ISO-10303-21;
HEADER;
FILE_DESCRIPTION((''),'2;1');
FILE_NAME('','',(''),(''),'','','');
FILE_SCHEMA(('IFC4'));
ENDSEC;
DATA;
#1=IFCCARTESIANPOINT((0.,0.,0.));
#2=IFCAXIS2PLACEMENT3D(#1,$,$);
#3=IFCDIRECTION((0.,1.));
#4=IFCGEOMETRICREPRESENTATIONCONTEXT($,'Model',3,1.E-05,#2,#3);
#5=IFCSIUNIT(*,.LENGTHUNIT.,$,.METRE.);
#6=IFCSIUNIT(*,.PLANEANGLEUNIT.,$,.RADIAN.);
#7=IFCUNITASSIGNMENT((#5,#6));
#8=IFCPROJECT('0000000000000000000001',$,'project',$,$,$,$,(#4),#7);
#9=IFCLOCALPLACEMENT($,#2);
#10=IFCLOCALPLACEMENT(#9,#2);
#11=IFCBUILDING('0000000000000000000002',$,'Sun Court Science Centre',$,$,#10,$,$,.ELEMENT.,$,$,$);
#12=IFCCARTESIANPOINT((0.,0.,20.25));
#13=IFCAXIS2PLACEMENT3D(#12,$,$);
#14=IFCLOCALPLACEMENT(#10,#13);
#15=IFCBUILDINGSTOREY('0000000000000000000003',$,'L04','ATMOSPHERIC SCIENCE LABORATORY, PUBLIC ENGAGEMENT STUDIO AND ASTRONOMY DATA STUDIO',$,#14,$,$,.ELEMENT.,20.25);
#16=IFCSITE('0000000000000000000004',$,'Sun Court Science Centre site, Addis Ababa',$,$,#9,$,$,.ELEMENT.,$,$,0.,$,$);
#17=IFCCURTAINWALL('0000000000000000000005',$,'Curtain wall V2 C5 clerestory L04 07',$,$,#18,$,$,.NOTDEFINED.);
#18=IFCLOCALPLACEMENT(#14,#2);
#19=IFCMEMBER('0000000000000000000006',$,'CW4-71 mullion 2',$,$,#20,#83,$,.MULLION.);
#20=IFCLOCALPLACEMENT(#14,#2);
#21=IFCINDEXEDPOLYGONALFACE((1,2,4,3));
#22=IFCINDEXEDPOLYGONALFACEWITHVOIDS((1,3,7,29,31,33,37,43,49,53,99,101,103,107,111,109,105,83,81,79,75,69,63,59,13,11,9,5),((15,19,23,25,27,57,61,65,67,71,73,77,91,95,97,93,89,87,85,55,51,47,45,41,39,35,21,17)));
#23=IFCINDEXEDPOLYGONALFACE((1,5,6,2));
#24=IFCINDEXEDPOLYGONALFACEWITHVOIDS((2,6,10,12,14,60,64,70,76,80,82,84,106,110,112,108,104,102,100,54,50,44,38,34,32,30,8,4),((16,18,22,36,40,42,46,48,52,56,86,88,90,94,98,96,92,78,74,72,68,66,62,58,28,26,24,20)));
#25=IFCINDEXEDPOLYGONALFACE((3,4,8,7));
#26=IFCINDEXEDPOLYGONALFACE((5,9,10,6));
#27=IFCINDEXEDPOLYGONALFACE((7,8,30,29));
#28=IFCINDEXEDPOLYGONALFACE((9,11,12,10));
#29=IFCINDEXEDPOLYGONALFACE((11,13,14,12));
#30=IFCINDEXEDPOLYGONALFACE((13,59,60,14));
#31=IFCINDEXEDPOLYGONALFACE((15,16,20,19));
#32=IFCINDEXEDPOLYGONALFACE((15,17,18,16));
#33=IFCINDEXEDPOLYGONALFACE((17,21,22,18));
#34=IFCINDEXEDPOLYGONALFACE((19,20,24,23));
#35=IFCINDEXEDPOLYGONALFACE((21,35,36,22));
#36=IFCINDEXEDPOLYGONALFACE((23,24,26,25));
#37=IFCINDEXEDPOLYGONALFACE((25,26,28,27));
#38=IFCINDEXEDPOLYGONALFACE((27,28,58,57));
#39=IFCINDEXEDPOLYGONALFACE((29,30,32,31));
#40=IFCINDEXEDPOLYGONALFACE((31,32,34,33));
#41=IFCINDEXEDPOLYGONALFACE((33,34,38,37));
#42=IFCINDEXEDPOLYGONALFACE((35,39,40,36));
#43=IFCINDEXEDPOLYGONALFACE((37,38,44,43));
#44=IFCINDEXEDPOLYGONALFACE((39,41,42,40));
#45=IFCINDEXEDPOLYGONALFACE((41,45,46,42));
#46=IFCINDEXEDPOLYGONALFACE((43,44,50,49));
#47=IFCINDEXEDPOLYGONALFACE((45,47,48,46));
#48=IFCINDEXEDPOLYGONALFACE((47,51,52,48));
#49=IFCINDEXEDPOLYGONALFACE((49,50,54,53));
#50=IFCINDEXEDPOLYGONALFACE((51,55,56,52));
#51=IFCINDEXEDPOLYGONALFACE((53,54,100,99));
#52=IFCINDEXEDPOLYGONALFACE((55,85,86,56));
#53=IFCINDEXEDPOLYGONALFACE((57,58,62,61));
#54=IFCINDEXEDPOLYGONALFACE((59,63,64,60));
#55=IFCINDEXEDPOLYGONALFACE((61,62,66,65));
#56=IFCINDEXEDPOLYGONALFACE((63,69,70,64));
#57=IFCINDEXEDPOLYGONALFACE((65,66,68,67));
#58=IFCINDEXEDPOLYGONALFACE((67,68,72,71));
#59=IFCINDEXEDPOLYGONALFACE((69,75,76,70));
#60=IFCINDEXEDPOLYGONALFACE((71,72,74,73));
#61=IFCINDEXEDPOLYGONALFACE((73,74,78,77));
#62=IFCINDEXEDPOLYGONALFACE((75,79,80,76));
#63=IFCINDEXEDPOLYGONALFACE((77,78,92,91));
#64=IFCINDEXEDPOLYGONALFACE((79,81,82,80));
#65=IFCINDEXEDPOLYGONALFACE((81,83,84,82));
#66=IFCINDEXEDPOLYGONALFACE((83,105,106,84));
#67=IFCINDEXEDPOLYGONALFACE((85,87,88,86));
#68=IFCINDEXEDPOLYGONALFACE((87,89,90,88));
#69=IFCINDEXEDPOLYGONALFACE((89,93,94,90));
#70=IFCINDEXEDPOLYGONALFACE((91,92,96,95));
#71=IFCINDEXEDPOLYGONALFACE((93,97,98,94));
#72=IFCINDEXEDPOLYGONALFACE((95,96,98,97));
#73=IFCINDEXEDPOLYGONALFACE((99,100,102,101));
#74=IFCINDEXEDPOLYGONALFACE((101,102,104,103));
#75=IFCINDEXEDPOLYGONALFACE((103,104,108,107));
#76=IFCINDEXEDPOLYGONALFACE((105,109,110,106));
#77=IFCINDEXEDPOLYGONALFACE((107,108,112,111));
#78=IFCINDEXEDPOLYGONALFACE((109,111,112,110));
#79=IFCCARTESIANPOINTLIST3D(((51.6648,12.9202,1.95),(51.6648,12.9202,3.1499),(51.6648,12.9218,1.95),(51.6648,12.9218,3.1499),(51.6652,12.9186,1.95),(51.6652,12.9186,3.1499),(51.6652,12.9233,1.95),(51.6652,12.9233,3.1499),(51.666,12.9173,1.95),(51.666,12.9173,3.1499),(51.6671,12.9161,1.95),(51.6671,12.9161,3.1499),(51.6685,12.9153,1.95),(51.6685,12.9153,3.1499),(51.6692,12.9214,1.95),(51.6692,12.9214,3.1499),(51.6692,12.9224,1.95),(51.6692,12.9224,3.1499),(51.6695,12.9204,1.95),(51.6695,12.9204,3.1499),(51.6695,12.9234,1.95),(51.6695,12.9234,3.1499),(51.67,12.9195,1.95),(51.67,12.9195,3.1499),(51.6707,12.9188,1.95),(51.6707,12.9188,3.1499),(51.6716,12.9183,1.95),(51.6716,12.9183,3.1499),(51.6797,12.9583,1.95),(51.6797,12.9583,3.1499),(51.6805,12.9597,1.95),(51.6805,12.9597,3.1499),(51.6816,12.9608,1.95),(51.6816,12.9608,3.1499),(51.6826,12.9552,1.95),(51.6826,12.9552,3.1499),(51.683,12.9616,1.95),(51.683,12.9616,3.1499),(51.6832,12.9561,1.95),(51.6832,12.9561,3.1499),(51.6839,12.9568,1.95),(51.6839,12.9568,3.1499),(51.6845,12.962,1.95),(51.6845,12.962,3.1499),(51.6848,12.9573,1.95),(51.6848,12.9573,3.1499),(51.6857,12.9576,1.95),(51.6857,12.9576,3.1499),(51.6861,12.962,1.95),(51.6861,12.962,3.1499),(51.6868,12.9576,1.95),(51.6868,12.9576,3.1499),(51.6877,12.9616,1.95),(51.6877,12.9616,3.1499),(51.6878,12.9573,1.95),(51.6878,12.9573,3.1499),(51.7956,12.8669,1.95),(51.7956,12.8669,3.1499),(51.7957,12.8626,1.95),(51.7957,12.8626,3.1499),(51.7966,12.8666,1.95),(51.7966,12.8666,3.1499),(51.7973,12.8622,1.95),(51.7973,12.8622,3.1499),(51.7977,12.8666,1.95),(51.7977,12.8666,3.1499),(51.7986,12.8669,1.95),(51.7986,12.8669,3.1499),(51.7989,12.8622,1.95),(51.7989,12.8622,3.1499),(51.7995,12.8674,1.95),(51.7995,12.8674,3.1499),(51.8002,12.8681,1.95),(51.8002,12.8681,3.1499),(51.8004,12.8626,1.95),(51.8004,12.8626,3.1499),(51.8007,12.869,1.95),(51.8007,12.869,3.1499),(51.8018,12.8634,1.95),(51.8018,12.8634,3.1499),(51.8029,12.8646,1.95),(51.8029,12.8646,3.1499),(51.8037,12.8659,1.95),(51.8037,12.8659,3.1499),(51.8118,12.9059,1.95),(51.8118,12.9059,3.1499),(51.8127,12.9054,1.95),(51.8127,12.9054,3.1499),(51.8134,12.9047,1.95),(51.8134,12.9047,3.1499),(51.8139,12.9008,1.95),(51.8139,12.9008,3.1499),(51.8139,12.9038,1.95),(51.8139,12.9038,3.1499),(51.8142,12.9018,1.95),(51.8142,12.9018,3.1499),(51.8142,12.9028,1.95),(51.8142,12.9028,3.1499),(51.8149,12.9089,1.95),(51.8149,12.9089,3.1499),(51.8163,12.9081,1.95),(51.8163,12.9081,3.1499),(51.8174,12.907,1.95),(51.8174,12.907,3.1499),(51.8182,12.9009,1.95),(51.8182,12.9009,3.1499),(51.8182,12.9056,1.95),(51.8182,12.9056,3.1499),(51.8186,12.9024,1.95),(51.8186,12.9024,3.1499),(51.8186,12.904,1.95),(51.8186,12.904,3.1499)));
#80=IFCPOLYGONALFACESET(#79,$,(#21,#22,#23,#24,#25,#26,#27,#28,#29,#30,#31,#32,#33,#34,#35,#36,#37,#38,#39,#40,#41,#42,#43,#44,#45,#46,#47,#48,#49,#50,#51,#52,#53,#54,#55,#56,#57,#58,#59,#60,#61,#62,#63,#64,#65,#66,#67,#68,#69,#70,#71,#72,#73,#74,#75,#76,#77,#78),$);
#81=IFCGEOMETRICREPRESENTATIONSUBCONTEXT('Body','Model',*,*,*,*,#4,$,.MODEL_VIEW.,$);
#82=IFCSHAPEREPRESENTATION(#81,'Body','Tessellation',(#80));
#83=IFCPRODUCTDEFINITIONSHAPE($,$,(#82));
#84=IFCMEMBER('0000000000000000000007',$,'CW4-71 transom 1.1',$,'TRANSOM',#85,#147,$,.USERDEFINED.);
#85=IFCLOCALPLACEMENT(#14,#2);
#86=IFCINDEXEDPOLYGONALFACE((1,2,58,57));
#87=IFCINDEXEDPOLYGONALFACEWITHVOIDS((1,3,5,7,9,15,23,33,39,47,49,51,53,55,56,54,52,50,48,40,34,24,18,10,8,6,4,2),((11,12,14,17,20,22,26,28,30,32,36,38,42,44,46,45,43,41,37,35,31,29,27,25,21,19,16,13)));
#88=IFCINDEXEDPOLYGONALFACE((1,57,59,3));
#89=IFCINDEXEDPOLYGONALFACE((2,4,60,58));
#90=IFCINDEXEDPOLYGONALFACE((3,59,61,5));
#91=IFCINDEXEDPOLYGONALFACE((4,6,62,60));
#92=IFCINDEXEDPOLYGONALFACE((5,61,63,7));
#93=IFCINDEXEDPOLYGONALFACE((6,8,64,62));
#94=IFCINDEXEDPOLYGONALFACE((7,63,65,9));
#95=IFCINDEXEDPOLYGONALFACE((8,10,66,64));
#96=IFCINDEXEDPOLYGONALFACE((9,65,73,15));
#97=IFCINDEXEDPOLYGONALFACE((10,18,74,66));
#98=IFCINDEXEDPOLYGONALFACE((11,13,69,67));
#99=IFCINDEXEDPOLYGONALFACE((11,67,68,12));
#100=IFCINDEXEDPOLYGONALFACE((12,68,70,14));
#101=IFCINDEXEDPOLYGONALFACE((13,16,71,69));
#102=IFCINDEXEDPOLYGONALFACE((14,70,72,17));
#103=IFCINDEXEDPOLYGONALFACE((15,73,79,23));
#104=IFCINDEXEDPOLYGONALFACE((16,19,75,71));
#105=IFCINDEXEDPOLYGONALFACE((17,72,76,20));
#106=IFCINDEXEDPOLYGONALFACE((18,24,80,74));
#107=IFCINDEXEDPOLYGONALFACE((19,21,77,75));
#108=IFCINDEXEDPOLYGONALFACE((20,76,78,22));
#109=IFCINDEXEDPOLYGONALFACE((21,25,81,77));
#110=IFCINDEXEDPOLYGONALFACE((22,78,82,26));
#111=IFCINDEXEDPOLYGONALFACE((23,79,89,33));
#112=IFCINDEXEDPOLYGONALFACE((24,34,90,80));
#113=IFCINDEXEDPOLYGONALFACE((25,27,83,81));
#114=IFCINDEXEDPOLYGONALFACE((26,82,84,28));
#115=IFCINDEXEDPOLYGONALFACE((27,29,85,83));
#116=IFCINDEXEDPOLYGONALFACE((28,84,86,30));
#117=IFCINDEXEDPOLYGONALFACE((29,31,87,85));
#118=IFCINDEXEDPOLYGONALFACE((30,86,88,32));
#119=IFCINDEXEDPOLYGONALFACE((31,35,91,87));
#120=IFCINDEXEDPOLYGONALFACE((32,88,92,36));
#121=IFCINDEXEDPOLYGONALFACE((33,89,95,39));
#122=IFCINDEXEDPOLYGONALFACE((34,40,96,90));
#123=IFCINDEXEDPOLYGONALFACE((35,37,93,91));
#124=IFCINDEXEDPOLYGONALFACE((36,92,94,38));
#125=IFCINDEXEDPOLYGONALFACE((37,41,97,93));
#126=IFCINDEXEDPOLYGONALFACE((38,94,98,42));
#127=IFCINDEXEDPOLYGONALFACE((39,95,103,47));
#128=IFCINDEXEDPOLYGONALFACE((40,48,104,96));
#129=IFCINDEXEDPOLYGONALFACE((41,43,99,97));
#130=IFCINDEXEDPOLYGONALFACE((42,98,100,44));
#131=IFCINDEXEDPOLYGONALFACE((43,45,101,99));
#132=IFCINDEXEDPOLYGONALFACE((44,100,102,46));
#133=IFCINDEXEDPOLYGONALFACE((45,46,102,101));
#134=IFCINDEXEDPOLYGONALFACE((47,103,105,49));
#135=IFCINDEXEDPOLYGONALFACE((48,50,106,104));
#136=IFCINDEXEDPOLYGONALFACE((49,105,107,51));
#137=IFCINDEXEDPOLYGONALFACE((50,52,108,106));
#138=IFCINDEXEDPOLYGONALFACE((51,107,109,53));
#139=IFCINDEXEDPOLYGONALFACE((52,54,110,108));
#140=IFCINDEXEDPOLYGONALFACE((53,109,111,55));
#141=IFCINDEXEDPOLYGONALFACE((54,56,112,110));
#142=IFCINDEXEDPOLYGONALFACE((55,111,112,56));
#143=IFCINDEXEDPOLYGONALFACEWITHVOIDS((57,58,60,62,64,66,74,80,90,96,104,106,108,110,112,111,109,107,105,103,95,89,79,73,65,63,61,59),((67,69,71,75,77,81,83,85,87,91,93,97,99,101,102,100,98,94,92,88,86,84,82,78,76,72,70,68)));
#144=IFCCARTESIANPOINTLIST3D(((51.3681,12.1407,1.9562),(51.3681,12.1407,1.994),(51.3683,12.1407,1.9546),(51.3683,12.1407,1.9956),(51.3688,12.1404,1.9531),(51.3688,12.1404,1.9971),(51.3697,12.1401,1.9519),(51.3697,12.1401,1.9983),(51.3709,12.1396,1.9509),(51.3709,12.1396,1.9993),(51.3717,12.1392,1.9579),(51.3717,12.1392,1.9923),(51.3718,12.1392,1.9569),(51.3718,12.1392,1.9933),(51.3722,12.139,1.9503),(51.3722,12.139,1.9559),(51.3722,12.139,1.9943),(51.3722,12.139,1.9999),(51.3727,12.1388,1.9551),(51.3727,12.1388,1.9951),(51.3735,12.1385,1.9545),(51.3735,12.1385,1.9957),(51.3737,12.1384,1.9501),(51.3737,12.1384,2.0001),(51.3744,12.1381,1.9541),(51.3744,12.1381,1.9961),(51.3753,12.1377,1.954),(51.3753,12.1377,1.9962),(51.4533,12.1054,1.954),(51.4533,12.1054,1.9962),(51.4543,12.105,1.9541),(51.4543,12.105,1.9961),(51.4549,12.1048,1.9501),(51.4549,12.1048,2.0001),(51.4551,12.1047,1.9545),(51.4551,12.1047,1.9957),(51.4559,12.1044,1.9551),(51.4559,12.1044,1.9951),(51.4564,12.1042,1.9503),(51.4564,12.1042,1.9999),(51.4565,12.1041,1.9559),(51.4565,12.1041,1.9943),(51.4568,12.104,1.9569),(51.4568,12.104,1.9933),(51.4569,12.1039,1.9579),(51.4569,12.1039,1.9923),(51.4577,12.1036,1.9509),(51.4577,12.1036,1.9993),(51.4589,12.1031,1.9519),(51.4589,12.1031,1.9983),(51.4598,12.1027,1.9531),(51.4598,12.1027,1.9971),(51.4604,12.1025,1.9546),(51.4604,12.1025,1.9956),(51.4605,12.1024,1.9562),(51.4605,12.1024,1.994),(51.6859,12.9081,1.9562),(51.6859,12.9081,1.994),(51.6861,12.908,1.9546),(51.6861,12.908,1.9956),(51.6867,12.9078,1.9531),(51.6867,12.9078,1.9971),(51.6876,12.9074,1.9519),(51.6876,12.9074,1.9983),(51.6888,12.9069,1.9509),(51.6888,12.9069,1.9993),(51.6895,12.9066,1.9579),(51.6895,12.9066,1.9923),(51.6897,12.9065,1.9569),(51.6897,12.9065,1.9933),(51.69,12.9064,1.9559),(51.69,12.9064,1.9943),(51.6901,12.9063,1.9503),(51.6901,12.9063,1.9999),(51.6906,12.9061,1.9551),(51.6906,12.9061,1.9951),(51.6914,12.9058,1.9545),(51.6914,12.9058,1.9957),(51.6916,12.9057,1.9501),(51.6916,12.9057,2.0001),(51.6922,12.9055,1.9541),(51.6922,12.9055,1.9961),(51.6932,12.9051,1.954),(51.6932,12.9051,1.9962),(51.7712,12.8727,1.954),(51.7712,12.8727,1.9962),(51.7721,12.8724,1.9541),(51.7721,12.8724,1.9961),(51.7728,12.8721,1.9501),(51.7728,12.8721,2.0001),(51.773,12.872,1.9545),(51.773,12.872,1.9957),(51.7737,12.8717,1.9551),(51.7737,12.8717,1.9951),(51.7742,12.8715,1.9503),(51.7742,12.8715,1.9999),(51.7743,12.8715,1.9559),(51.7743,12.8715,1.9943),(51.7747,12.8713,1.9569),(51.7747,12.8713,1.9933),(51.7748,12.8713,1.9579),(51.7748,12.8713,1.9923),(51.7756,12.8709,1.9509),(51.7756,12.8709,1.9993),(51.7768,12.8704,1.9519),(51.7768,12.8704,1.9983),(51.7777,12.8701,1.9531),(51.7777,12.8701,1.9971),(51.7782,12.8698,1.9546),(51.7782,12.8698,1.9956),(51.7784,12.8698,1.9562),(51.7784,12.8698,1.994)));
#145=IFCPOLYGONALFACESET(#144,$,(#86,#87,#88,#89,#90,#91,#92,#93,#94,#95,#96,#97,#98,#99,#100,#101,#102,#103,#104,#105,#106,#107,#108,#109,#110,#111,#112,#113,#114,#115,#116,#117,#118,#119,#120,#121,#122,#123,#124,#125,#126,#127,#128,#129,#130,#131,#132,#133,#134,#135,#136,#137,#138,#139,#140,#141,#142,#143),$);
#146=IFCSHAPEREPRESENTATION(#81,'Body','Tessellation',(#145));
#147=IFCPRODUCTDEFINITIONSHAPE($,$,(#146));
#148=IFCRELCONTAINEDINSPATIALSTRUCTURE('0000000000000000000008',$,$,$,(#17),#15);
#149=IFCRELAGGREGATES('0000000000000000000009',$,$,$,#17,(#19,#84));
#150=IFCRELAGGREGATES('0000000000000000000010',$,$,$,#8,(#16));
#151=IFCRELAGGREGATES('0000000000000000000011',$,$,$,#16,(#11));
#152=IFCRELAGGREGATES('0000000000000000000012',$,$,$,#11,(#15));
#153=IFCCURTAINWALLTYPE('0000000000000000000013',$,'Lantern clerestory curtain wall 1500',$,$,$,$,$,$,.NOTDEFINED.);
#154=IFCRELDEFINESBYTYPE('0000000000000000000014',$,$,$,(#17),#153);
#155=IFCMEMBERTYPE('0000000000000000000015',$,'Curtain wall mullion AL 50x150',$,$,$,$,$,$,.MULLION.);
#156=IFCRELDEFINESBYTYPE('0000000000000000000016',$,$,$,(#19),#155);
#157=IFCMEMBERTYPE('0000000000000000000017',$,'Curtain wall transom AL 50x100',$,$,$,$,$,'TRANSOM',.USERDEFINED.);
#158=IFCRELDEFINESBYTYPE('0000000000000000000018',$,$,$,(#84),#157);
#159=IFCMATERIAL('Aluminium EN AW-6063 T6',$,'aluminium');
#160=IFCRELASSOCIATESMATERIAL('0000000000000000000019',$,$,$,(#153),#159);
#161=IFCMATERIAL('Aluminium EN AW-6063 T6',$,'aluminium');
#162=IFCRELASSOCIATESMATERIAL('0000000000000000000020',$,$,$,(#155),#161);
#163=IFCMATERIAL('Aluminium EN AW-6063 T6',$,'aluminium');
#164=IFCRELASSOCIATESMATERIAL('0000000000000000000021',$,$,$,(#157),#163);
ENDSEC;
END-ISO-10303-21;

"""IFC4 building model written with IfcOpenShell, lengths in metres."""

from ifc_helpers import new_model, si_unit, direction, frame, origin, origin_2d, place, context, subcontext, project, spatial, hollow_rectangle, extrude, material, material_profile, profile_set, type_object, element, aggregate, save


model = new_model("IFC4")

# Units and contexts
model_context = context("Model", 3, precision=1e-05, world=origin(), true_north=direction((0.0, 1.0)))
body_context = subcontext(model_context, "Body", "Model", "MODEL_VIEW")
ifc_project = project(units=[si_unit("LENGTHUNIT", "METRE"), si_unit("PLANEANGLEUNIT", "RADIAN")], contexts=[model_context])

# Site, building, storey
site_placement = place(None, origin())
site = spatial("IfcSite", under=ifc_project, at=site_placement, Name="Sun Court Science Centre site, Addis Ababa", CompositionType="ELEMENT", RefElevation=0.0)
building_placement = place(site_placement, origin())
building = spatial("IfcBuilding", under=site, at=building_placement, Name="Sun Court Science Centre", CompositionType="ELEMENT")
storey_placement = place(building_placement, frame((0.0, 0.0, 20.25)))
storey = spatial("IfcBuildingStorey", under=building, at=storey_placement, Name="L04", Description="ATMOSPHERIC SCIENCE LABORATORY, PUBLIC ENGAGEMENT STUDIO AND ASTRONOMY DATA STUDIO", CompositionType="ELEMENT", Elevation=20.25)

# Shared definitions
ifc_material_1 = material(Name="Aluminium EN AW-6063 T6", Category="aluminium")
curtain_wall_type = type_object("IfcCurtainWallType", Name="Lantern clerestory curtain wall 1500", PredefinedType="NOTDEFINED", material=ifc_material_1)
ifc_material_2 = material(Name="Aluminium EN AW-6063 T6", Category="aluminium")
ifc_material_profile_1 = material_profile(ifc_material_2, hollow_rectangle(XDim=0.05, YDim=0.1499, WallThickness=0.0039, InnerFilletRadius=0.0039, OuterFilletRadius=0.0061, at=origin_2d()), Name="AL 50x150x4")
ifc_profile_set_1 = profile_set([ifc_material_profile_1], Name="Aluminium EN AW-6063 T6")
member_type_1 = type_object("IfcMemberType", Name="Curtain wall mullion AL 50x150", PredefinedType="MULLION", material=ifc_profile_set_1)

# Curtain wall, members
curtain_wall_1_placement = place(storey_placement, origin())
curtain_wall_1 = element("IfcCurtainWall", 1, at=curtain_wall_1_placement, inside=storey, type_object=curtain_wall_type, Name="Curtain wall V2 C5 clerestory L04 07", PredefinedType="NOTDEFINED")
member_1_placement = place(storey_placement, frame((51.7417, 12.9121, 1.95), z_axis=(0.0, 0.0, 1.0), x_axis=(0.382683, 0.92388, 0.0)))
member_1 = element("IfcMember", 2, at=member_1_placement, type_object=member_type_1, Name="CW4-71 mullion 2", PredefinedType="MULLION", context=body_context, shape_type="SweptSolid", body=[
    extrude(hollow_rectangle(XDim=0.05, YDim=0.1499, WallThickness=0.0039, InnerFilletRadius=0.0039, OuterFilletRadius=0.0061, at=origin_2d()), origin(), (0.0, 0.0, 1.0), 1.2),
])
ifc_material_3 = material(Name="Aluminium EN AW-6063 T6", Category="aluminium")
ifc_material_profile_2 = material_profile(ifc_material_3, hollow_rectangle(XDim=0.05, YDim=0.1001, WallThickness=0.0039, InnerFilletRadius=0.0039, OuterFilletRadius=0.0061, at=origin_2d()), Name="AL 50x100x4")
ifc_profile_set_2 = profile_set([ifc_material_profile_2], Name="Aluminium EN AW-6063 T6")
member_type_2 = type_object("IfcMemberType", Name="Curtain wall transom AL 50x100", ElementType="TRANSOM", PredefinedType="USERDEFINED", material=ifc_profile_set_2)
member_2_placement = place(storey_placement, frame((51.4143, 12.1216, 1.9751), z_axis=(0.382715, 0.923866, 0.0), x_axis=(0.0, 0.0, 1.0)))
member_2 = element("IfcMember", 3, at=member_2_placement, type_object=member_type_2, Name="CW4-71 transom 1.1", ObjectType="TRANSOM", PredefinedType="USERDEFINED", context=body_context, shape_type="SweptSolid", body=[
    extrude(hollow_rectangle(XDim=0.05, YDim=0.1001, WallThickness=0.0039, InnerFilletRadius=0.0039, OuterFilletRadius=0.0061, at=origin_2d()), origin(), (0.0, 0.0, 1.0), 0.8306),
])

aggregate(curtain_wall_1, [member_1, member_2])

save(model, "model.ifc")
